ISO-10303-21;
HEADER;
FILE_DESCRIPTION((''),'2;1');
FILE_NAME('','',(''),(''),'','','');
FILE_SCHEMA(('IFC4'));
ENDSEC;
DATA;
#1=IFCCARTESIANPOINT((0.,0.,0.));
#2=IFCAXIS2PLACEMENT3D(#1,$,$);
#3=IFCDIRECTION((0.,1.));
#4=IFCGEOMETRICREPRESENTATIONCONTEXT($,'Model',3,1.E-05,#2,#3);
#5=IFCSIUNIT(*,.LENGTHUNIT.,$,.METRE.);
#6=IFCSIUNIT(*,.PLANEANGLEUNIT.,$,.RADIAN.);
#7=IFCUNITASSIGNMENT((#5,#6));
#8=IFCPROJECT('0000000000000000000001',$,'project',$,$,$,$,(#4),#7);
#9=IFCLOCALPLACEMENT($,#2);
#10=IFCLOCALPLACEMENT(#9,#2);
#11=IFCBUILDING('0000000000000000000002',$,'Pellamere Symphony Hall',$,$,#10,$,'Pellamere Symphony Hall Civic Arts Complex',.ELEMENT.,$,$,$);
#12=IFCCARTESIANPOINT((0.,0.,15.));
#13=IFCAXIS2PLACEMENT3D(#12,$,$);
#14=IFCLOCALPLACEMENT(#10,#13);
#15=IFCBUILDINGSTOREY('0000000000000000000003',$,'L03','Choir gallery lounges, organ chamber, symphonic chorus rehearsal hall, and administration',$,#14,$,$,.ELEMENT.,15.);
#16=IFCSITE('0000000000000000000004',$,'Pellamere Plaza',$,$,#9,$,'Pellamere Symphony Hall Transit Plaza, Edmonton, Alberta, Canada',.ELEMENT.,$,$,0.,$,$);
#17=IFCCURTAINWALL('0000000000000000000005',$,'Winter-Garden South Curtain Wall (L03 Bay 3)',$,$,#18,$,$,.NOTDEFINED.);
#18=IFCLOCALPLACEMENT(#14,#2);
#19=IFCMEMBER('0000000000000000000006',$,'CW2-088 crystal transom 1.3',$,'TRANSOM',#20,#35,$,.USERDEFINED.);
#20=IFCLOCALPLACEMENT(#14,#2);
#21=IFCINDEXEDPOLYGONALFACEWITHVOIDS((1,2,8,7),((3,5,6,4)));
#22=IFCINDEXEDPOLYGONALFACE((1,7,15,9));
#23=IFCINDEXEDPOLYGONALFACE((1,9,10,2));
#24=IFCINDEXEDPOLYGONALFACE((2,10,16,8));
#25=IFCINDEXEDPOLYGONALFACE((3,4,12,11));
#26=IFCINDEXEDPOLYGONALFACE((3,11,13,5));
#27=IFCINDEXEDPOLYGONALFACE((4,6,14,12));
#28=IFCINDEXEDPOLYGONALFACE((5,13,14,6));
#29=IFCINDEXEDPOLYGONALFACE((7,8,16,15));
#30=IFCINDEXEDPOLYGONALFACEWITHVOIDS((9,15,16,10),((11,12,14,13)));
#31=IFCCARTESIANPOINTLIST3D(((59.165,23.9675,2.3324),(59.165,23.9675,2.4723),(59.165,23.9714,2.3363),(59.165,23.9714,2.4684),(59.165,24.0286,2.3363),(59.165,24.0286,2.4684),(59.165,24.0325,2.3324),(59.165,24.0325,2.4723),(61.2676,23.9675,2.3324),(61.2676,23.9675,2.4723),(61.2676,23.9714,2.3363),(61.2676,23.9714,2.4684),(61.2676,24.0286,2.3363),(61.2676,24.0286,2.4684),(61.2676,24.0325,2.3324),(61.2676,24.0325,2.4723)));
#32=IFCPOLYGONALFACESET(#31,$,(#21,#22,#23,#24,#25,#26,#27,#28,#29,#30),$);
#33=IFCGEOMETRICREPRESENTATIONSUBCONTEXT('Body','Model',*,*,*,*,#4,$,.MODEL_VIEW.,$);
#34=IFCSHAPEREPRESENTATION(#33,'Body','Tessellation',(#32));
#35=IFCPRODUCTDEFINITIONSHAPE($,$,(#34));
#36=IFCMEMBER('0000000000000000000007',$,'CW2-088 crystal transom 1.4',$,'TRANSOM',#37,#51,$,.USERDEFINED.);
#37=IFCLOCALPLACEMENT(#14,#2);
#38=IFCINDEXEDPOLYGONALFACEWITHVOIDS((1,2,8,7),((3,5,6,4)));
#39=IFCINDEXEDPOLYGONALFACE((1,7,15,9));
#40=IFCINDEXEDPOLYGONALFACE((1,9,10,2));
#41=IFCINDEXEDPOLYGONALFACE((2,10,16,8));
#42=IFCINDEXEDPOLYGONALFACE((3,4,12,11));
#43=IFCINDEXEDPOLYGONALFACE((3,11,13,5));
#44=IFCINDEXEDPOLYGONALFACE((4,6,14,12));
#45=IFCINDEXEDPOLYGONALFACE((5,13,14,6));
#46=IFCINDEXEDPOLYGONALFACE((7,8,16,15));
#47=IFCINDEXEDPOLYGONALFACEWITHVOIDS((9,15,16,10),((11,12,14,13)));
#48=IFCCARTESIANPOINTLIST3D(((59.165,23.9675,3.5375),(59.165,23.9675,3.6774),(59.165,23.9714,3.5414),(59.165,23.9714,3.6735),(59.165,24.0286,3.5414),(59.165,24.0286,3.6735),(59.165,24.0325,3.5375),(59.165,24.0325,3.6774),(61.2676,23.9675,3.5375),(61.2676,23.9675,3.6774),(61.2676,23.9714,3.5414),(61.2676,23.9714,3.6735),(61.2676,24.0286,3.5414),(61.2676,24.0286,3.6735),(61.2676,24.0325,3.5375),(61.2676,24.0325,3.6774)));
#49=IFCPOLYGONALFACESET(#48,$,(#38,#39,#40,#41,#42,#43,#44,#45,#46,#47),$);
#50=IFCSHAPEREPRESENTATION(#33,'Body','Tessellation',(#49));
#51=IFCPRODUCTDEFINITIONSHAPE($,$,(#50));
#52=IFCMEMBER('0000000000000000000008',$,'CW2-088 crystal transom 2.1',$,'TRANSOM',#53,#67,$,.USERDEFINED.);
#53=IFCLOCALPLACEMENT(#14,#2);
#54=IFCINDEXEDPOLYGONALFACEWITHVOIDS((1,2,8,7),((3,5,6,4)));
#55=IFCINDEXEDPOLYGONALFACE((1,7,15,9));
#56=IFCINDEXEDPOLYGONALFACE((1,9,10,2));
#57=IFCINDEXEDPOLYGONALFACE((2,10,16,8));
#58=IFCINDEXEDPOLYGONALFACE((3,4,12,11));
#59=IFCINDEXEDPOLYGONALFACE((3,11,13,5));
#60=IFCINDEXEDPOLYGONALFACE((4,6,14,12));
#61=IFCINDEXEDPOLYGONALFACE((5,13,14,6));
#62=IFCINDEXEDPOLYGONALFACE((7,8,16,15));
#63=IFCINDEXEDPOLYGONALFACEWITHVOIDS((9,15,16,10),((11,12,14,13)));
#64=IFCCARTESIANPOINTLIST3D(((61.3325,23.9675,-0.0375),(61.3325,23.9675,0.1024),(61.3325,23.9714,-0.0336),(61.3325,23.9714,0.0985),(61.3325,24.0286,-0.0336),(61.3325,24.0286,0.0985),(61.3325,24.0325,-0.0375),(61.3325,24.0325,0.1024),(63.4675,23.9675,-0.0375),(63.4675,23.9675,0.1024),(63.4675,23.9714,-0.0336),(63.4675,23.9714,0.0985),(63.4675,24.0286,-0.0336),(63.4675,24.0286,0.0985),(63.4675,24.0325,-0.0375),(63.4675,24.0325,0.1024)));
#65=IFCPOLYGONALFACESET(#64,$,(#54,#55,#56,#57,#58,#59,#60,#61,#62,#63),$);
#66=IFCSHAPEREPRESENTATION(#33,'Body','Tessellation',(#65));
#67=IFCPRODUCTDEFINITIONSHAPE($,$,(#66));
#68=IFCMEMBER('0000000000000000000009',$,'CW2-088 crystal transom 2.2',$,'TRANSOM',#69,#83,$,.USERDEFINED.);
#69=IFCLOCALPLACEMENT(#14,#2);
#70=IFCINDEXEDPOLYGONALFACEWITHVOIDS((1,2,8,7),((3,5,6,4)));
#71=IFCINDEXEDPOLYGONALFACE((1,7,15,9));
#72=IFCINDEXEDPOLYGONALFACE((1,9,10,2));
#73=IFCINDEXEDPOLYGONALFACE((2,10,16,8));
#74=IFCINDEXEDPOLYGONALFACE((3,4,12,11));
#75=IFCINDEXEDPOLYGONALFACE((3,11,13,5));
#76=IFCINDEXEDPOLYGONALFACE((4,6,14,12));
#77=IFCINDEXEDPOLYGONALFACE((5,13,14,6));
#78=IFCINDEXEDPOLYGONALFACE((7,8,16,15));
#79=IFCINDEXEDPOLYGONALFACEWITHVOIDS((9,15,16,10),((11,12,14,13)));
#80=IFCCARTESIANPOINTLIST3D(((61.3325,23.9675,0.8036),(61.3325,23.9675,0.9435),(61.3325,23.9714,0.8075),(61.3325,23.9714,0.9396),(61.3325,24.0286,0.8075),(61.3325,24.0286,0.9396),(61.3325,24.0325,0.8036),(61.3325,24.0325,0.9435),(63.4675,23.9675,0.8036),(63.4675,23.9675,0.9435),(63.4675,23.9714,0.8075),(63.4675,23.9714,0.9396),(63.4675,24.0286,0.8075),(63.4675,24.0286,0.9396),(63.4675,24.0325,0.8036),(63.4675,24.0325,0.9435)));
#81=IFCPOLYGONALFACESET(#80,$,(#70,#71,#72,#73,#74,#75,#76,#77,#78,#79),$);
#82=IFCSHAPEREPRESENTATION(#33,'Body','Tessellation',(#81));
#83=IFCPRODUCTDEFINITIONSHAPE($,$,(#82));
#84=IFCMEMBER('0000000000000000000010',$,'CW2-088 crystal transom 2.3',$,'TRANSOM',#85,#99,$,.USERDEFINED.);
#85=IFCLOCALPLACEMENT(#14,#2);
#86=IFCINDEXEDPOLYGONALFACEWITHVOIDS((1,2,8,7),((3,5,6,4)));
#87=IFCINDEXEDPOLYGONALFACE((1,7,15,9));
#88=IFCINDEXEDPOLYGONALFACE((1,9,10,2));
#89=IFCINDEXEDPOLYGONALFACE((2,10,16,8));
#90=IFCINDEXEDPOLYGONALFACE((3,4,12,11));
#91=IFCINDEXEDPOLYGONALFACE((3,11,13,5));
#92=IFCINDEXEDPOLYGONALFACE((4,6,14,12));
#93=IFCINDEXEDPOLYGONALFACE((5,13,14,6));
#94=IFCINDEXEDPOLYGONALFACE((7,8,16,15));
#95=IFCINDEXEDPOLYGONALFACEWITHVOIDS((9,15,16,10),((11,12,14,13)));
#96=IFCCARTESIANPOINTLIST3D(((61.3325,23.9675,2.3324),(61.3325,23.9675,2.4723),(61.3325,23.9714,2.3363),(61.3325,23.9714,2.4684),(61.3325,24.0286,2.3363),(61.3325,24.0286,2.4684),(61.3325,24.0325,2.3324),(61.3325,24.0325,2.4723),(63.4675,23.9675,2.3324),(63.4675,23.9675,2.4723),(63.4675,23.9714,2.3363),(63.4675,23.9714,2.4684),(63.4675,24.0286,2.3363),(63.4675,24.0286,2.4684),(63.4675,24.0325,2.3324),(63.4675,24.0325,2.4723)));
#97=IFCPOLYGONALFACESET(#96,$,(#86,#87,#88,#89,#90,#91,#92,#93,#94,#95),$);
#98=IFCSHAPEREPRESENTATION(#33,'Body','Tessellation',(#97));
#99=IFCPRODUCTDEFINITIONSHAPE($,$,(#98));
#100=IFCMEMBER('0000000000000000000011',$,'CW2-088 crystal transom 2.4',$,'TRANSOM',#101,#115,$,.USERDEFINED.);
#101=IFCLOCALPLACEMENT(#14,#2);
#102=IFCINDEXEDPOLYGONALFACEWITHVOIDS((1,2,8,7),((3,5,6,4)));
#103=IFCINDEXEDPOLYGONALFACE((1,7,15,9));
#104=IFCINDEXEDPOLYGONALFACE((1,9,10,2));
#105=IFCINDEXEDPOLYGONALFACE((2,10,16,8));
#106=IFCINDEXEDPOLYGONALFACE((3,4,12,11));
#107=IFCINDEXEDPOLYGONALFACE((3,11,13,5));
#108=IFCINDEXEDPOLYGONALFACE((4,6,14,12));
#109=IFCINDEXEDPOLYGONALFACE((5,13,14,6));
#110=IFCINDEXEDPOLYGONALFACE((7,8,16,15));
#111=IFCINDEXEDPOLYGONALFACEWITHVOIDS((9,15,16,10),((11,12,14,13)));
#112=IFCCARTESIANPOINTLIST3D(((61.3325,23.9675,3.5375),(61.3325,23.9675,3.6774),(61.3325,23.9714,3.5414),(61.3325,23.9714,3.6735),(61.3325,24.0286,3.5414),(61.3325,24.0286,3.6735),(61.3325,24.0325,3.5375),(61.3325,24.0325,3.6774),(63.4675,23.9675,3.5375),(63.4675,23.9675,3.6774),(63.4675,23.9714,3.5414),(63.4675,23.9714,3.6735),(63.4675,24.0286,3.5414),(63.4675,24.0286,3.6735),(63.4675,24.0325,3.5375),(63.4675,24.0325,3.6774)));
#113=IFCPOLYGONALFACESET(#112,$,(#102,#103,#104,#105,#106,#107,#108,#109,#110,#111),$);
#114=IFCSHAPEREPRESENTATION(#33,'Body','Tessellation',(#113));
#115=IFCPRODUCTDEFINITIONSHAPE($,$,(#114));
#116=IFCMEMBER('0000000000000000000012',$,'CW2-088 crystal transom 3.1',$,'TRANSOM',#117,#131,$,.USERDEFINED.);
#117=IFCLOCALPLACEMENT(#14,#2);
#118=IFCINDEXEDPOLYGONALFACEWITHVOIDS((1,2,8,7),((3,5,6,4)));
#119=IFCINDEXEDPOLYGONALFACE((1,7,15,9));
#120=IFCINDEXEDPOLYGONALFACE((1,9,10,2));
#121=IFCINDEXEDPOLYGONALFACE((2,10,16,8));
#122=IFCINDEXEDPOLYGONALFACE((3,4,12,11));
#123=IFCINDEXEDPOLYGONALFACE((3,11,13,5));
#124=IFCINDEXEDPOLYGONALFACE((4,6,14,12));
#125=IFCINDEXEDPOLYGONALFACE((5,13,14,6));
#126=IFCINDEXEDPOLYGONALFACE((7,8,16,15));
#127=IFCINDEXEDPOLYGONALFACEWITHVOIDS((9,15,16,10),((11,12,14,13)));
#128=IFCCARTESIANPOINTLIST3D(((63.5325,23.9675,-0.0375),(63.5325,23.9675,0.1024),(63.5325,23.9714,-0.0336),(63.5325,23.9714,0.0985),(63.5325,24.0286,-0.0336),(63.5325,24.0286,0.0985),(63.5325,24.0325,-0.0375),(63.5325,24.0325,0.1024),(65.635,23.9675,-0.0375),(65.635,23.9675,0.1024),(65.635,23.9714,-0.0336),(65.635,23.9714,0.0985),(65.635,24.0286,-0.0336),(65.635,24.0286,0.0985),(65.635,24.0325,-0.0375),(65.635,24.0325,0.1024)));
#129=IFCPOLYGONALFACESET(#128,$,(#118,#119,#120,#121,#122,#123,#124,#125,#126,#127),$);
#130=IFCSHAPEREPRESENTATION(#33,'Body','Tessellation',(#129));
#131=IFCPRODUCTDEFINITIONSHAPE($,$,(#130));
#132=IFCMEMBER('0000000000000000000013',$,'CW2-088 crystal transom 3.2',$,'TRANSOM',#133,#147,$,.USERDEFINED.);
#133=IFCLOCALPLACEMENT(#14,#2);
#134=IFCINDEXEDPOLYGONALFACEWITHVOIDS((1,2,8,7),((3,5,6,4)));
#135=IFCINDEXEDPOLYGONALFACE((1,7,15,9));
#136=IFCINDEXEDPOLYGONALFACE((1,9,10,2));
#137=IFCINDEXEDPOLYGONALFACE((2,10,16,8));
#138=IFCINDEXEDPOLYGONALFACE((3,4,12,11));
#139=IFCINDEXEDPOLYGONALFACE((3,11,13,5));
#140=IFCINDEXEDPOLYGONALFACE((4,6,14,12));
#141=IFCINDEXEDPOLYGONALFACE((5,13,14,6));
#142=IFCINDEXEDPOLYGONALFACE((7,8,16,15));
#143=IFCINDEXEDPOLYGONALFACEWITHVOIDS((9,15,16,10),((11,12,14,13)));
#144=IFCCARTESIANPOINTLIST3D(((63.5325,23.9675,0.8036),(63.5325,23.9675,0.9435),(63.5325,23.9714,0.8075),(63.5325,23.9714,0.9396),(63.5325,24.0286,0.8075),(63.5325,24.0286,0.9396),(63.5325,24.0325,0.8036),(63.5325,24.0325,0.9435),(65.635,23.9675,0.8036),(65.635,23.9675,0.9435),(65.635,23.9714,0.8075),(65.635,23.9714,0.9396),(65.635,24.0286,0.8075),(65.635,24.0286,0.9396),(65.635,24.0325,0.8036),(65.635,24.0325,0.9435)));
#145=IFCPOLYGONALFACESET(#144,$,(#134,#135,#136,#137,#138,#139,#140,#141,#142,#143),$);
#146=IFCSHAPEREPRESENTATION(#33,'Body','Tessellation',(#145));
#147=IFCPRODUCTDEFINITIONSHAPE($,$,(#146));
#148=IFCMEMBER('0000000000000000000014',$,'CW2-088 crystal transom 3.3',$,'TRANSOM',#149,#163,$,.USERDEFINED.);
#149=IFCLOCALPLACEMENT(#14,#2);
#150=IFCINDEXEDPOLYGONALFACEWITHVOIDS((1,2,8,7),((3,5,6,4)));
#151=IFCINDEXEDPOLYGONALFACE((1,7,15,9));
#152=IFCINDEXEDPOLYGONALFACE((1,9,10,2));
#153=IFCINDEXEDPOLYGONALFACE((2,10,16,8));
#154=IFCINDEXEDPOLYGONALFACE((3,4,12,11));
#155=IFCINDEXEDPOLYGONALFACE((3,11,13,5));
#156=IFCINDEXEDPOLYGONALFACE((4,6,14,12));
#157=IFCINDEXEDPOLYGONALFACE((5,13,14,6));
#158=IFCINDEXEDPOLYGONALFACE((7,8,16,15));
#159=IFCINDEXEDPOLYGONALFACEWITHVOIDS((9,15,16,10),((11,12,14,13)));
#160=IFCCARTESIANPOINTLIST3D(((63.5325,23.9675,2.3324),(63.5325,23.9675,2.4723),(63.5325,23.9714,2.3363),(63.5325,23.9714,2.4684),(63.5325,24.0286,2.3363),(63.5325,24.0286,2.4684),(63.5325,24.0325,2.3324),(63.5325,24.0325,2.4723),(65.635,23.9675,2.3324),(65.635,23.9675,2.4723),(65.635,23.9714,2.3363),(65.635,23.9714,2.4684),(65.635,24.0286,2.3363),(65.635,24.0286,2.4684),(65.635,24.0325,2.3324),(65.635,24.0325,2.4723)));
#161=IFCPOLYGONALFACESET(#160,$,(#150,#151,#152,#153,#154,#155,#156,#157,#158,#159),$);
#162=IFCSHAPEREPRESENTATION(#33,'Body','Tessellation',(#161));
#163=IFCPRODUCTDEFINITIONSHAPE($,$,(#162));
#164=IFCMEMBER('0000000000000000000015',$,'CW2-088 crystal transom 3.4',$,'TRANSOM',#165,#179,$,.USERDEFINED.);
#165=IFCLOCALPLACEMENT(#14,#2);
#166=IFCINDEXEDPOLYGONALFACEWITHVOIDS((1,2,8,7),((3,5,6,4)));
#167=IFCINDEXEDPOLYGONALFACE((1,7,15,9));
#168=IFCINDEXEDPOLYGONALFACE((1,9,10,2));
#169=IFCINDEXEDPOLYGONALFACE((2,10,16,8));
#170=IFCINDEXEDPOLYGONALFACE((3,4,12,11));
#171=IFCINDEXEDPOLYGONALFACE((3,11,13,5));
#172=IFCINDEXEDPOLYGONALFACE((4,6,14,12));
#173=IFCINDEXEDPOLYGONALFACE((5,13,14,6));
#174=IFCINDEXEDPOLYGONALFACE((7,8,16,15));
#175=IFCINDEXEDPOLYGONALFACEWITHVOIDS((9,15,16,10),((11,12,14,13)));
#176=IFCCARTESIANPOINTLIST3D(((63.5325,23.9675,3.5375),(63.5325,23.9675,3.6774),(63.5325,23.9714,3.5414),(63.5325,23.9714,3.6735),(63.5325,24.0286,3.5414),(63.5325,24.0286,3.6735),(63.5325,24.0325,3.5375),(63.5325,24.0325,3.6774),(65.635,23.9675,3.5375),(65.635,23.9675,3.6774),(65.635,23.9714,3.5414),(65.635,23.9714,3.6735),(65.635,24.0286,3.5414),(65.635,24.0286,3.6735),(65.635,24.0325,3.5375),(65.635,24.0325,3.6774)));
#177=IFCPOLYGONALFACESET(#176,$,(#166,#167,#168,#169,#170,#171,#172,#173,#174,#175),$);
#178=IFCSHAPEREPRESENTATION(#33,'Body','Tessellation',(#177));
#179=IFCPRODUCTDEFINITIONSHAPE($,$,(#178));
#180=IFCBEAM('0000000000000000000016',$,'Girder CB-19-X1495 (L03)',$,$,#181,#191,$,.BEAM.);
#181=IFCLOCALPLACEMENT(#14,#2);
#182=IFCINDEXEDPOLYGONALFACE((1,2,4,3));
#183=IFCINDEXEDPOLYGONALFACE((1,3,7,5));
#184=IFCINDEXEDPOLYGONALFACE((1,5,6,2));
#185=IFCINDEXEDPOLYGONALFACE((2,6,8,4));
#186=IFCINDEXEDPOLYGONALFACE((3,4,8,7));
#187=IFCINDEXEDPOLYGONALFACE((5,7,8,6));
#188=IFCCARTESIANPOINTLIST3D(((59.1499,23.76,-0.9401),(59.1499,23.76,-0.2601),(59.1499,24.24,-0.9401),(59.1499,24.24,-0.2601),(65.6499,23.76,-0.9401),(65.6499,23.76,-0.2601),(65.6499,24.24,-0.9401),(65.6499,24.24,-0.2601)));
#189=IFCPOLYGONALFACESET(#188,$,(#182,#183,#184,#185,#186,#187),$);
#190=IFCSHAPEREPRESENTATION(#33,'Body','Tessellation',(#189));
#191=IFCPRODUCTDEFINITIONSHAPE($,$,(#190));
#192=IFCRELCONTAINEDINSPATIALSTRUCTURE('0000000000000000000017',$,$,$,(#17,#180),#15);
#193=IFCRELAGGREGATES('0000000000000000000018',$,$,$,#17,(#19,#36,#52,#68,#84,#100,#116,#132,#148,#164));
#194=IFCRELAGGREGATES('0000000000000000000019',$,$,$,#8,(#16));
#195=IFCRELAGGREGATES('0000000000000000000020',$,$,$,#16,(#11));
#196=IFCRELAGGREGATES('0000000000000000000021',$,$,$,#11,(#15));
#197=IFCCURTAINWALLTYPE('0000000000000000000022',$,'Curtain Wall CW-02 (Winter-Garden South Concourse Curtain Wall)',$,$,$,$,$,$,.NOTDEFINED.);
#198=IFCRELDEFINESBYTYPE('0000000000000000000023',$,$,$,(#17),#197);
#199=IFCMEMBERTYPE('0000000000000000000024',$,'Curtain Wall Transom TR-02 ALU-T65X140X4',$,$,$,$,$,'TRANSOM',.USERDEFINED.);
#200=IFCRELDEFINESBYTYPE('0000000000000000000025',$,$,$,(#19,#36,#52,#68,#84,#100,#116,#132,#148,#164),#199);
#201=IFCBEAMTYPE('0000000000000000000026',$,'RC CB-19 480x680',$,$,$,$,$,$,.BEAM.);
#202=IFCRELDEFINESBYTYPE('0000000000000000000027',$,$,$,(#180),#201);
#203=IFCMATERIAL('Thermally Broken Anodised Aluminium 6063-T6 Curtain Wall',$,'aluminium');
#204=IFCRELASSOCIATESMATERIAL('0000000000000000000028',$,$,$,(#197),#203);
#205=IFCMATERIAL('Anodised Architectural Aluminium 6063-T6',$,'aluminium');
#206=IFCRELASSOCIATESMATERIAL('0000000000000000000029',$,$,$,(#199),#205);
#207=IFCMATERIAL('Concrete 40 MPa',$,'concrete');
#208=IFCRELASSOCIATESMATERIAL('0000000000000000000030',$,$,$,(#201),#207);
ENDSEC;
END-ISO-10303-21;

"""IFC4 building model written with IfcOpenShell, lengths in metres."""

from ifc_helpers import new_model, si_unit, direction, frame, origin, origin_2d, place, context, subcontext, project, spatial, rectangle, hollow_rectangle, extrude, material, material_profile, profile_set, type_object, element, aggregate, save


model = new_model("IFC4")

# Units and contexts
model_context = context("Model", 3, precision=1e-05, world=origin(), true_north=direction((0.0, 1.0)))
body_context = subcontext(model_context, "Body", "Model", "MODEL_VIEW")
ifc_project = project(units=[si_unit("LENGTHUNIT", "METRE"), si_unit("PLANEANGLEUNIT", "RADIAN")], contexts=[model_context])

# Site, building, storey
site_placement = place(None, origin())
site = spatial("IfcSite", under=ifc_project, at=site_placement, Name="Pellamere Plaza", LongName="Pellamere Symphony Hall Transit Plaza, Edmonton, Alberta, Canada", CompositionType="ELEMENT", RefElevation=0.0)
building_placement = place(site_placement, origin())
building = spatial("IfcBuilding", under=site, at=building_placement, Name="Pellamere Symphony Hall", LongName="Pellamere Symphony Hall Civic Arts Complex", CompositionType="ELEMENT")
storey_placement = place(building_placement, frame((0.0, 0.0, 15.0)))
storey = spatial("IfcBuildingStorey", under=building, at=storey_placement, Name="L03", Description="Choir gallery lounges, organ chamber, symphonic chorus rehearsal hall, and administration", CompositionType="ELEMENT", Elevation=15.0)

# Shared definitions
ifc_material_1 = material(Name="Concrete 40 MPa", Category="concrete")

# Curtain wall, members
ifc_material_2 = material(Name="Thermally Broken Anodised Aluminium 6063-T6 Curtain Wall", Category="aluminium")
curtain_wall_type = type_object("IfcCurtainWallType", Name="Curtain Wall CW-02 (Winter-Garden South Concourse Curtain Wall)", PredefinedType="NOTDEFINED", material=ifc_material_2)
curtain_wall_placement = place(storey_placement, origin())
curtain_wall = element("IfcCurtainWall", 1, at=curtain_wall_placement, inside=storey, type_object=curtain_wall_type, Name="Winter-Garden South Curtain Wall (L03 Bay 3)", PredefinedType="NOTDEFINED")
ifc_material_3 = material(Name="Anodised Architectural Aluminium 6063-T6", Category="aluminium")
ifc_material_profile_1 = material_profile(ifc_material_3, hollow_rectangle(XDim=0.0649, YDim=0.1399, WallThickness=0.0039, at=origin_2d()), Name="ALU-T65X140X4")
ifc_profile_set_1 = profile_set([ifc_material_profile_1], Name="Anodised Architectural Aluminium 6063-T6")
member_type_1 = type_object("IfcMemberType", Name="Curtain Wall Transom TR-02 ALU-T65X140X4", ElementType="TRANSOM", PredefinedType="USERDEFINED", material=ifc_profile_set_1)
member_1_placement = place(storey_placement, frame((59.165, 24.0, 2.4023), z_axis=(1.0, 0.0, 0.0), x_axis=(0.0, 1.0, 0.0)))
member_1 = element("IfcMember", 2, at=member_1_placement, type_object=member_type_1, Name="CW2-088 crystal transom 1.3", ObjectType="TRANSOM", PredefinedType="USERDEFINED", context=body_context, shape_type="SweptSolid", body=[
    extrude(hollow_rectangle(XDim=0.0649, YDim=0.1399, WallThickness=0.0039, at=origin_2d()), origin(), (0.0, 0.0, 1.0), 2.1025),
])
member_2_placement = place(storey_placement, frame((59.165, 24.0, 3.6074), z_axis=(1.0, 0.0, 0.0), x_axis=(0.0, 1.0, 0.0)))
member_2 = element("IfcMember", 3, at=member_2_placement, type_object=member_type_1, Name="CW2-088 crystal transom 1.4", ObjectType="TRANSOM", PredefinedType="USERDEFINED", context=body_context, shape_type="SweptSolid", body=[
    extrude(hollow_rectangle(XDim=0.0649, YDim=0.1399, WallThickness=0.0039, at=origin_2d()), origin(), (0.0, 0.0, 1.0), 2.1025),
])
member_3_placement = place(storey_placement, frame((61.3325, 24.0, 0.0325), z_axis=(1.0, 0.0, 0.0), x_axis=(0.0, 1.0, 0.0)))
member_3 = element("IfcMember", 4, at=member_3_placement, type_object=member_type_1, Name="CW2-088 crystal transom 2.1", ObjectType="TRANSOM", PredefinedType="USERDEFINED", context=body_context, shape_type="SweptSolid", body=[
    extrude(hollow_rectangle(XDim=0.0649, YDim=0.1399, WallThickness=0.0039, at=origin_2d()), origin(), (0.0, 0.0, 1.0), 2.135),
])
member_4_placement = place(storey_placement, frame((61.3325, 24.0, 0.8735), z_axis=(1.0, 0.0, 0.0), x_axis=(0.0, 1.0, 0.0)))
member_4 = element("IfcMember", 5, at=member_4_placement, type_object=member_type_1, Name="CW2-088 crystal transom 2.2", ObjectType="TRANSOM", PredefinedType="USERDEFINED", context=body_context, shape_type="SweptSolid", body=[
    extrude(hollow_rectangle(XDim=0.0649, YDim=0.1399, WallThickness=0.0039, at=origin_2d()), origin(), (0.0, 0.0, 1.0), 2.135),
])
member_5_placement = place(storey_placement, frame((61.3325, 24.0, 2.4023), z_axis=(1.0, 0.0, 0.0), x_axis=(0.0, 1.0, 0.0)))
member_5 = element("IfcMember", 6, at=member_5_placement, type_object=member_type_1, Name="CW2-088 crystal transom 2.3", ObjectType="TRANSOM", PredefinedType="USERDEFINED", context=body_context, shape_type="SweptSolid", body=[
    extrude(hollow_rectangle(XDim=0.0649, YDim=0.1399, WallThickness=0.0039, at=origin_2d()), origin(), (0.0, 0.0, 1.0), 2.135),
])
member_6_placement = place(storey_placement, frame((61.3325, 24.0, 3.6074), z_axis=(1.0, 0.0, 0.0), x_axis=(0.0, 1.0, 0.0)))
member_6 = element("IfcMember", 7, at=member_6_placement, type_object=member_type_1, Name="CW2-088 crystal transom 2.4", ObjectType="TRANSOM", PredefinedType="USERDEFINED", context=body_context, shape_type="SweptSolid", body=[
    extrude(hollow_rectangle(XDim=0.0649, YDim=0.1399, WallThickness=0.0039, at=origin_2d()), origin(), (0.0, 0.0, 1.0), 2.135),
])
member_7_placement = place(storey_placement, frame((63.5325, 24.0, 0.0325), z_axis=(1.0, 0.0, 0.0), x_axis=(0.0, 1.0, 0.0)))
member_7 = element("IfcMember", 8, at=member_7_placement, type_object=member_type_1, Name="CW2-088 crystal transom 3.1", ObjectType="TRANSOM", PredefinedType="USERDEFINED", context=body_context, shape_type="SweptSolid", body=[
    extrude(hollow_rectangle(XDim=0.0649, YDim=0.1399, WallThickness=0.0039, at=origin_2d()), origin(), (0.0, 0.0, 1.0), 2.1025),
])
member_8_placement = place(storey_placement, frame((63.5325, 24.0, 0.8735), z_axis=(1.0, 0.0, 0.0), x_axis=(0.0, 1.0, 0.0)))
member_8 = element("IfcMember", 9, at=member_8_placement, type_object=member_type_1, Name="CW2-088 crystal transom 3.2", ObjectType="TRANSOM", PredefinedType="USERDEFINED", context=body_context, shape_type="SweptSolid", body=[
    extrude(hollow_rectangle(XDim=0.0649, YDim=0.1399, WallThickness=0.0039, at=origin_2d()), origin(), (0.0, 0.0, 1.0), 2.1025),
])
member_9_placement = place(storey_placement, frame((63.5325, 24.0, 2.4023), z_axis=(1.0, 0.0, 0.0), x_axis=(0.0, 1.0, 0.0)))
member_9 = element("IfcMember", 10, at=member_9_placement, type_object=member_type_1, Name="CW2-088 crystal transom 3.3", ObjectType="TRANSOM", PredefinedType="USERDEFINED", context=body_context, shape_type="SweptSolid", body=[
    extrude(hollow_rectangle(XDim=0.0649, YDim=0.1399, WallThickness=0.0039, at=origin_2d()), origin(), (0.0, 0.0, 1.0), 2.1025),
])
member_10_placement = place(storey_placement, frame((63.5325, 24.0, 3.6074), z_axis=(1.0, 0.0, 0.0), x_axis=(0.0, 1.0, 0.0)))
member_10 = element("IfcMember", 11, at=member_10_placement, type_object=member_type_1, Name="CW2-088 crystal transom 3.4", ObjectType="TRANSOM", PredefinedType="USERDEFINED", context=body_context, shape_type="SweptSolid", body=[
    extrude(hollow_rectangle(XDim=0.0649, YDim=0.1399, WallThickness=0.0039, at=origin_2d()), origin(), (0.0, 0.0, 1.0), 2.1025),
])

# Beam
ifc_material_profile_2 = material_profile(ifc_material_1, rectangle(XDim=0.48, YDim=0.6799, at=origin_2d()), Name="RC 480x680")
ifc_profile_set_2 = profile_set([ifc_material_profile_2], Name="Concrete 40 MPa")
beam_type = type_object("IfcBeamType", Name="RC CB-19 480x680", PredefinedType="BEAM", material=ifc_profile_set_2)
for number, where, z_axis, x_axis, name in (
    (12, (59.1499, 24.0, -0.6001), (1.0, 0.0, 0.0), (0.0, 1.0, 0.0), "Girder CB-19-X1495 (L03)"),
):
    element("IfcBeam", number, at=place(storey_placement, frame(where, z_axis=z_axis, x_axis=x_axis)), inside=storey, type_object=beam_type, Name=name, PredefinedType="BEAM", context=body_context, shape_type="SweptSolid", body=[
        extrude(rectangle(XDim=0.48, YDim=0.6799, at=origin_2d()), origin(), (0.0, 0.0, 1.0), 6.5),
    ])

aggregate(curtain_wall, [member_1, member_2, member_3, member_4, member_5, member_6, member_7, member_8, member_9, member_10])

save(model, "model.ifc")
